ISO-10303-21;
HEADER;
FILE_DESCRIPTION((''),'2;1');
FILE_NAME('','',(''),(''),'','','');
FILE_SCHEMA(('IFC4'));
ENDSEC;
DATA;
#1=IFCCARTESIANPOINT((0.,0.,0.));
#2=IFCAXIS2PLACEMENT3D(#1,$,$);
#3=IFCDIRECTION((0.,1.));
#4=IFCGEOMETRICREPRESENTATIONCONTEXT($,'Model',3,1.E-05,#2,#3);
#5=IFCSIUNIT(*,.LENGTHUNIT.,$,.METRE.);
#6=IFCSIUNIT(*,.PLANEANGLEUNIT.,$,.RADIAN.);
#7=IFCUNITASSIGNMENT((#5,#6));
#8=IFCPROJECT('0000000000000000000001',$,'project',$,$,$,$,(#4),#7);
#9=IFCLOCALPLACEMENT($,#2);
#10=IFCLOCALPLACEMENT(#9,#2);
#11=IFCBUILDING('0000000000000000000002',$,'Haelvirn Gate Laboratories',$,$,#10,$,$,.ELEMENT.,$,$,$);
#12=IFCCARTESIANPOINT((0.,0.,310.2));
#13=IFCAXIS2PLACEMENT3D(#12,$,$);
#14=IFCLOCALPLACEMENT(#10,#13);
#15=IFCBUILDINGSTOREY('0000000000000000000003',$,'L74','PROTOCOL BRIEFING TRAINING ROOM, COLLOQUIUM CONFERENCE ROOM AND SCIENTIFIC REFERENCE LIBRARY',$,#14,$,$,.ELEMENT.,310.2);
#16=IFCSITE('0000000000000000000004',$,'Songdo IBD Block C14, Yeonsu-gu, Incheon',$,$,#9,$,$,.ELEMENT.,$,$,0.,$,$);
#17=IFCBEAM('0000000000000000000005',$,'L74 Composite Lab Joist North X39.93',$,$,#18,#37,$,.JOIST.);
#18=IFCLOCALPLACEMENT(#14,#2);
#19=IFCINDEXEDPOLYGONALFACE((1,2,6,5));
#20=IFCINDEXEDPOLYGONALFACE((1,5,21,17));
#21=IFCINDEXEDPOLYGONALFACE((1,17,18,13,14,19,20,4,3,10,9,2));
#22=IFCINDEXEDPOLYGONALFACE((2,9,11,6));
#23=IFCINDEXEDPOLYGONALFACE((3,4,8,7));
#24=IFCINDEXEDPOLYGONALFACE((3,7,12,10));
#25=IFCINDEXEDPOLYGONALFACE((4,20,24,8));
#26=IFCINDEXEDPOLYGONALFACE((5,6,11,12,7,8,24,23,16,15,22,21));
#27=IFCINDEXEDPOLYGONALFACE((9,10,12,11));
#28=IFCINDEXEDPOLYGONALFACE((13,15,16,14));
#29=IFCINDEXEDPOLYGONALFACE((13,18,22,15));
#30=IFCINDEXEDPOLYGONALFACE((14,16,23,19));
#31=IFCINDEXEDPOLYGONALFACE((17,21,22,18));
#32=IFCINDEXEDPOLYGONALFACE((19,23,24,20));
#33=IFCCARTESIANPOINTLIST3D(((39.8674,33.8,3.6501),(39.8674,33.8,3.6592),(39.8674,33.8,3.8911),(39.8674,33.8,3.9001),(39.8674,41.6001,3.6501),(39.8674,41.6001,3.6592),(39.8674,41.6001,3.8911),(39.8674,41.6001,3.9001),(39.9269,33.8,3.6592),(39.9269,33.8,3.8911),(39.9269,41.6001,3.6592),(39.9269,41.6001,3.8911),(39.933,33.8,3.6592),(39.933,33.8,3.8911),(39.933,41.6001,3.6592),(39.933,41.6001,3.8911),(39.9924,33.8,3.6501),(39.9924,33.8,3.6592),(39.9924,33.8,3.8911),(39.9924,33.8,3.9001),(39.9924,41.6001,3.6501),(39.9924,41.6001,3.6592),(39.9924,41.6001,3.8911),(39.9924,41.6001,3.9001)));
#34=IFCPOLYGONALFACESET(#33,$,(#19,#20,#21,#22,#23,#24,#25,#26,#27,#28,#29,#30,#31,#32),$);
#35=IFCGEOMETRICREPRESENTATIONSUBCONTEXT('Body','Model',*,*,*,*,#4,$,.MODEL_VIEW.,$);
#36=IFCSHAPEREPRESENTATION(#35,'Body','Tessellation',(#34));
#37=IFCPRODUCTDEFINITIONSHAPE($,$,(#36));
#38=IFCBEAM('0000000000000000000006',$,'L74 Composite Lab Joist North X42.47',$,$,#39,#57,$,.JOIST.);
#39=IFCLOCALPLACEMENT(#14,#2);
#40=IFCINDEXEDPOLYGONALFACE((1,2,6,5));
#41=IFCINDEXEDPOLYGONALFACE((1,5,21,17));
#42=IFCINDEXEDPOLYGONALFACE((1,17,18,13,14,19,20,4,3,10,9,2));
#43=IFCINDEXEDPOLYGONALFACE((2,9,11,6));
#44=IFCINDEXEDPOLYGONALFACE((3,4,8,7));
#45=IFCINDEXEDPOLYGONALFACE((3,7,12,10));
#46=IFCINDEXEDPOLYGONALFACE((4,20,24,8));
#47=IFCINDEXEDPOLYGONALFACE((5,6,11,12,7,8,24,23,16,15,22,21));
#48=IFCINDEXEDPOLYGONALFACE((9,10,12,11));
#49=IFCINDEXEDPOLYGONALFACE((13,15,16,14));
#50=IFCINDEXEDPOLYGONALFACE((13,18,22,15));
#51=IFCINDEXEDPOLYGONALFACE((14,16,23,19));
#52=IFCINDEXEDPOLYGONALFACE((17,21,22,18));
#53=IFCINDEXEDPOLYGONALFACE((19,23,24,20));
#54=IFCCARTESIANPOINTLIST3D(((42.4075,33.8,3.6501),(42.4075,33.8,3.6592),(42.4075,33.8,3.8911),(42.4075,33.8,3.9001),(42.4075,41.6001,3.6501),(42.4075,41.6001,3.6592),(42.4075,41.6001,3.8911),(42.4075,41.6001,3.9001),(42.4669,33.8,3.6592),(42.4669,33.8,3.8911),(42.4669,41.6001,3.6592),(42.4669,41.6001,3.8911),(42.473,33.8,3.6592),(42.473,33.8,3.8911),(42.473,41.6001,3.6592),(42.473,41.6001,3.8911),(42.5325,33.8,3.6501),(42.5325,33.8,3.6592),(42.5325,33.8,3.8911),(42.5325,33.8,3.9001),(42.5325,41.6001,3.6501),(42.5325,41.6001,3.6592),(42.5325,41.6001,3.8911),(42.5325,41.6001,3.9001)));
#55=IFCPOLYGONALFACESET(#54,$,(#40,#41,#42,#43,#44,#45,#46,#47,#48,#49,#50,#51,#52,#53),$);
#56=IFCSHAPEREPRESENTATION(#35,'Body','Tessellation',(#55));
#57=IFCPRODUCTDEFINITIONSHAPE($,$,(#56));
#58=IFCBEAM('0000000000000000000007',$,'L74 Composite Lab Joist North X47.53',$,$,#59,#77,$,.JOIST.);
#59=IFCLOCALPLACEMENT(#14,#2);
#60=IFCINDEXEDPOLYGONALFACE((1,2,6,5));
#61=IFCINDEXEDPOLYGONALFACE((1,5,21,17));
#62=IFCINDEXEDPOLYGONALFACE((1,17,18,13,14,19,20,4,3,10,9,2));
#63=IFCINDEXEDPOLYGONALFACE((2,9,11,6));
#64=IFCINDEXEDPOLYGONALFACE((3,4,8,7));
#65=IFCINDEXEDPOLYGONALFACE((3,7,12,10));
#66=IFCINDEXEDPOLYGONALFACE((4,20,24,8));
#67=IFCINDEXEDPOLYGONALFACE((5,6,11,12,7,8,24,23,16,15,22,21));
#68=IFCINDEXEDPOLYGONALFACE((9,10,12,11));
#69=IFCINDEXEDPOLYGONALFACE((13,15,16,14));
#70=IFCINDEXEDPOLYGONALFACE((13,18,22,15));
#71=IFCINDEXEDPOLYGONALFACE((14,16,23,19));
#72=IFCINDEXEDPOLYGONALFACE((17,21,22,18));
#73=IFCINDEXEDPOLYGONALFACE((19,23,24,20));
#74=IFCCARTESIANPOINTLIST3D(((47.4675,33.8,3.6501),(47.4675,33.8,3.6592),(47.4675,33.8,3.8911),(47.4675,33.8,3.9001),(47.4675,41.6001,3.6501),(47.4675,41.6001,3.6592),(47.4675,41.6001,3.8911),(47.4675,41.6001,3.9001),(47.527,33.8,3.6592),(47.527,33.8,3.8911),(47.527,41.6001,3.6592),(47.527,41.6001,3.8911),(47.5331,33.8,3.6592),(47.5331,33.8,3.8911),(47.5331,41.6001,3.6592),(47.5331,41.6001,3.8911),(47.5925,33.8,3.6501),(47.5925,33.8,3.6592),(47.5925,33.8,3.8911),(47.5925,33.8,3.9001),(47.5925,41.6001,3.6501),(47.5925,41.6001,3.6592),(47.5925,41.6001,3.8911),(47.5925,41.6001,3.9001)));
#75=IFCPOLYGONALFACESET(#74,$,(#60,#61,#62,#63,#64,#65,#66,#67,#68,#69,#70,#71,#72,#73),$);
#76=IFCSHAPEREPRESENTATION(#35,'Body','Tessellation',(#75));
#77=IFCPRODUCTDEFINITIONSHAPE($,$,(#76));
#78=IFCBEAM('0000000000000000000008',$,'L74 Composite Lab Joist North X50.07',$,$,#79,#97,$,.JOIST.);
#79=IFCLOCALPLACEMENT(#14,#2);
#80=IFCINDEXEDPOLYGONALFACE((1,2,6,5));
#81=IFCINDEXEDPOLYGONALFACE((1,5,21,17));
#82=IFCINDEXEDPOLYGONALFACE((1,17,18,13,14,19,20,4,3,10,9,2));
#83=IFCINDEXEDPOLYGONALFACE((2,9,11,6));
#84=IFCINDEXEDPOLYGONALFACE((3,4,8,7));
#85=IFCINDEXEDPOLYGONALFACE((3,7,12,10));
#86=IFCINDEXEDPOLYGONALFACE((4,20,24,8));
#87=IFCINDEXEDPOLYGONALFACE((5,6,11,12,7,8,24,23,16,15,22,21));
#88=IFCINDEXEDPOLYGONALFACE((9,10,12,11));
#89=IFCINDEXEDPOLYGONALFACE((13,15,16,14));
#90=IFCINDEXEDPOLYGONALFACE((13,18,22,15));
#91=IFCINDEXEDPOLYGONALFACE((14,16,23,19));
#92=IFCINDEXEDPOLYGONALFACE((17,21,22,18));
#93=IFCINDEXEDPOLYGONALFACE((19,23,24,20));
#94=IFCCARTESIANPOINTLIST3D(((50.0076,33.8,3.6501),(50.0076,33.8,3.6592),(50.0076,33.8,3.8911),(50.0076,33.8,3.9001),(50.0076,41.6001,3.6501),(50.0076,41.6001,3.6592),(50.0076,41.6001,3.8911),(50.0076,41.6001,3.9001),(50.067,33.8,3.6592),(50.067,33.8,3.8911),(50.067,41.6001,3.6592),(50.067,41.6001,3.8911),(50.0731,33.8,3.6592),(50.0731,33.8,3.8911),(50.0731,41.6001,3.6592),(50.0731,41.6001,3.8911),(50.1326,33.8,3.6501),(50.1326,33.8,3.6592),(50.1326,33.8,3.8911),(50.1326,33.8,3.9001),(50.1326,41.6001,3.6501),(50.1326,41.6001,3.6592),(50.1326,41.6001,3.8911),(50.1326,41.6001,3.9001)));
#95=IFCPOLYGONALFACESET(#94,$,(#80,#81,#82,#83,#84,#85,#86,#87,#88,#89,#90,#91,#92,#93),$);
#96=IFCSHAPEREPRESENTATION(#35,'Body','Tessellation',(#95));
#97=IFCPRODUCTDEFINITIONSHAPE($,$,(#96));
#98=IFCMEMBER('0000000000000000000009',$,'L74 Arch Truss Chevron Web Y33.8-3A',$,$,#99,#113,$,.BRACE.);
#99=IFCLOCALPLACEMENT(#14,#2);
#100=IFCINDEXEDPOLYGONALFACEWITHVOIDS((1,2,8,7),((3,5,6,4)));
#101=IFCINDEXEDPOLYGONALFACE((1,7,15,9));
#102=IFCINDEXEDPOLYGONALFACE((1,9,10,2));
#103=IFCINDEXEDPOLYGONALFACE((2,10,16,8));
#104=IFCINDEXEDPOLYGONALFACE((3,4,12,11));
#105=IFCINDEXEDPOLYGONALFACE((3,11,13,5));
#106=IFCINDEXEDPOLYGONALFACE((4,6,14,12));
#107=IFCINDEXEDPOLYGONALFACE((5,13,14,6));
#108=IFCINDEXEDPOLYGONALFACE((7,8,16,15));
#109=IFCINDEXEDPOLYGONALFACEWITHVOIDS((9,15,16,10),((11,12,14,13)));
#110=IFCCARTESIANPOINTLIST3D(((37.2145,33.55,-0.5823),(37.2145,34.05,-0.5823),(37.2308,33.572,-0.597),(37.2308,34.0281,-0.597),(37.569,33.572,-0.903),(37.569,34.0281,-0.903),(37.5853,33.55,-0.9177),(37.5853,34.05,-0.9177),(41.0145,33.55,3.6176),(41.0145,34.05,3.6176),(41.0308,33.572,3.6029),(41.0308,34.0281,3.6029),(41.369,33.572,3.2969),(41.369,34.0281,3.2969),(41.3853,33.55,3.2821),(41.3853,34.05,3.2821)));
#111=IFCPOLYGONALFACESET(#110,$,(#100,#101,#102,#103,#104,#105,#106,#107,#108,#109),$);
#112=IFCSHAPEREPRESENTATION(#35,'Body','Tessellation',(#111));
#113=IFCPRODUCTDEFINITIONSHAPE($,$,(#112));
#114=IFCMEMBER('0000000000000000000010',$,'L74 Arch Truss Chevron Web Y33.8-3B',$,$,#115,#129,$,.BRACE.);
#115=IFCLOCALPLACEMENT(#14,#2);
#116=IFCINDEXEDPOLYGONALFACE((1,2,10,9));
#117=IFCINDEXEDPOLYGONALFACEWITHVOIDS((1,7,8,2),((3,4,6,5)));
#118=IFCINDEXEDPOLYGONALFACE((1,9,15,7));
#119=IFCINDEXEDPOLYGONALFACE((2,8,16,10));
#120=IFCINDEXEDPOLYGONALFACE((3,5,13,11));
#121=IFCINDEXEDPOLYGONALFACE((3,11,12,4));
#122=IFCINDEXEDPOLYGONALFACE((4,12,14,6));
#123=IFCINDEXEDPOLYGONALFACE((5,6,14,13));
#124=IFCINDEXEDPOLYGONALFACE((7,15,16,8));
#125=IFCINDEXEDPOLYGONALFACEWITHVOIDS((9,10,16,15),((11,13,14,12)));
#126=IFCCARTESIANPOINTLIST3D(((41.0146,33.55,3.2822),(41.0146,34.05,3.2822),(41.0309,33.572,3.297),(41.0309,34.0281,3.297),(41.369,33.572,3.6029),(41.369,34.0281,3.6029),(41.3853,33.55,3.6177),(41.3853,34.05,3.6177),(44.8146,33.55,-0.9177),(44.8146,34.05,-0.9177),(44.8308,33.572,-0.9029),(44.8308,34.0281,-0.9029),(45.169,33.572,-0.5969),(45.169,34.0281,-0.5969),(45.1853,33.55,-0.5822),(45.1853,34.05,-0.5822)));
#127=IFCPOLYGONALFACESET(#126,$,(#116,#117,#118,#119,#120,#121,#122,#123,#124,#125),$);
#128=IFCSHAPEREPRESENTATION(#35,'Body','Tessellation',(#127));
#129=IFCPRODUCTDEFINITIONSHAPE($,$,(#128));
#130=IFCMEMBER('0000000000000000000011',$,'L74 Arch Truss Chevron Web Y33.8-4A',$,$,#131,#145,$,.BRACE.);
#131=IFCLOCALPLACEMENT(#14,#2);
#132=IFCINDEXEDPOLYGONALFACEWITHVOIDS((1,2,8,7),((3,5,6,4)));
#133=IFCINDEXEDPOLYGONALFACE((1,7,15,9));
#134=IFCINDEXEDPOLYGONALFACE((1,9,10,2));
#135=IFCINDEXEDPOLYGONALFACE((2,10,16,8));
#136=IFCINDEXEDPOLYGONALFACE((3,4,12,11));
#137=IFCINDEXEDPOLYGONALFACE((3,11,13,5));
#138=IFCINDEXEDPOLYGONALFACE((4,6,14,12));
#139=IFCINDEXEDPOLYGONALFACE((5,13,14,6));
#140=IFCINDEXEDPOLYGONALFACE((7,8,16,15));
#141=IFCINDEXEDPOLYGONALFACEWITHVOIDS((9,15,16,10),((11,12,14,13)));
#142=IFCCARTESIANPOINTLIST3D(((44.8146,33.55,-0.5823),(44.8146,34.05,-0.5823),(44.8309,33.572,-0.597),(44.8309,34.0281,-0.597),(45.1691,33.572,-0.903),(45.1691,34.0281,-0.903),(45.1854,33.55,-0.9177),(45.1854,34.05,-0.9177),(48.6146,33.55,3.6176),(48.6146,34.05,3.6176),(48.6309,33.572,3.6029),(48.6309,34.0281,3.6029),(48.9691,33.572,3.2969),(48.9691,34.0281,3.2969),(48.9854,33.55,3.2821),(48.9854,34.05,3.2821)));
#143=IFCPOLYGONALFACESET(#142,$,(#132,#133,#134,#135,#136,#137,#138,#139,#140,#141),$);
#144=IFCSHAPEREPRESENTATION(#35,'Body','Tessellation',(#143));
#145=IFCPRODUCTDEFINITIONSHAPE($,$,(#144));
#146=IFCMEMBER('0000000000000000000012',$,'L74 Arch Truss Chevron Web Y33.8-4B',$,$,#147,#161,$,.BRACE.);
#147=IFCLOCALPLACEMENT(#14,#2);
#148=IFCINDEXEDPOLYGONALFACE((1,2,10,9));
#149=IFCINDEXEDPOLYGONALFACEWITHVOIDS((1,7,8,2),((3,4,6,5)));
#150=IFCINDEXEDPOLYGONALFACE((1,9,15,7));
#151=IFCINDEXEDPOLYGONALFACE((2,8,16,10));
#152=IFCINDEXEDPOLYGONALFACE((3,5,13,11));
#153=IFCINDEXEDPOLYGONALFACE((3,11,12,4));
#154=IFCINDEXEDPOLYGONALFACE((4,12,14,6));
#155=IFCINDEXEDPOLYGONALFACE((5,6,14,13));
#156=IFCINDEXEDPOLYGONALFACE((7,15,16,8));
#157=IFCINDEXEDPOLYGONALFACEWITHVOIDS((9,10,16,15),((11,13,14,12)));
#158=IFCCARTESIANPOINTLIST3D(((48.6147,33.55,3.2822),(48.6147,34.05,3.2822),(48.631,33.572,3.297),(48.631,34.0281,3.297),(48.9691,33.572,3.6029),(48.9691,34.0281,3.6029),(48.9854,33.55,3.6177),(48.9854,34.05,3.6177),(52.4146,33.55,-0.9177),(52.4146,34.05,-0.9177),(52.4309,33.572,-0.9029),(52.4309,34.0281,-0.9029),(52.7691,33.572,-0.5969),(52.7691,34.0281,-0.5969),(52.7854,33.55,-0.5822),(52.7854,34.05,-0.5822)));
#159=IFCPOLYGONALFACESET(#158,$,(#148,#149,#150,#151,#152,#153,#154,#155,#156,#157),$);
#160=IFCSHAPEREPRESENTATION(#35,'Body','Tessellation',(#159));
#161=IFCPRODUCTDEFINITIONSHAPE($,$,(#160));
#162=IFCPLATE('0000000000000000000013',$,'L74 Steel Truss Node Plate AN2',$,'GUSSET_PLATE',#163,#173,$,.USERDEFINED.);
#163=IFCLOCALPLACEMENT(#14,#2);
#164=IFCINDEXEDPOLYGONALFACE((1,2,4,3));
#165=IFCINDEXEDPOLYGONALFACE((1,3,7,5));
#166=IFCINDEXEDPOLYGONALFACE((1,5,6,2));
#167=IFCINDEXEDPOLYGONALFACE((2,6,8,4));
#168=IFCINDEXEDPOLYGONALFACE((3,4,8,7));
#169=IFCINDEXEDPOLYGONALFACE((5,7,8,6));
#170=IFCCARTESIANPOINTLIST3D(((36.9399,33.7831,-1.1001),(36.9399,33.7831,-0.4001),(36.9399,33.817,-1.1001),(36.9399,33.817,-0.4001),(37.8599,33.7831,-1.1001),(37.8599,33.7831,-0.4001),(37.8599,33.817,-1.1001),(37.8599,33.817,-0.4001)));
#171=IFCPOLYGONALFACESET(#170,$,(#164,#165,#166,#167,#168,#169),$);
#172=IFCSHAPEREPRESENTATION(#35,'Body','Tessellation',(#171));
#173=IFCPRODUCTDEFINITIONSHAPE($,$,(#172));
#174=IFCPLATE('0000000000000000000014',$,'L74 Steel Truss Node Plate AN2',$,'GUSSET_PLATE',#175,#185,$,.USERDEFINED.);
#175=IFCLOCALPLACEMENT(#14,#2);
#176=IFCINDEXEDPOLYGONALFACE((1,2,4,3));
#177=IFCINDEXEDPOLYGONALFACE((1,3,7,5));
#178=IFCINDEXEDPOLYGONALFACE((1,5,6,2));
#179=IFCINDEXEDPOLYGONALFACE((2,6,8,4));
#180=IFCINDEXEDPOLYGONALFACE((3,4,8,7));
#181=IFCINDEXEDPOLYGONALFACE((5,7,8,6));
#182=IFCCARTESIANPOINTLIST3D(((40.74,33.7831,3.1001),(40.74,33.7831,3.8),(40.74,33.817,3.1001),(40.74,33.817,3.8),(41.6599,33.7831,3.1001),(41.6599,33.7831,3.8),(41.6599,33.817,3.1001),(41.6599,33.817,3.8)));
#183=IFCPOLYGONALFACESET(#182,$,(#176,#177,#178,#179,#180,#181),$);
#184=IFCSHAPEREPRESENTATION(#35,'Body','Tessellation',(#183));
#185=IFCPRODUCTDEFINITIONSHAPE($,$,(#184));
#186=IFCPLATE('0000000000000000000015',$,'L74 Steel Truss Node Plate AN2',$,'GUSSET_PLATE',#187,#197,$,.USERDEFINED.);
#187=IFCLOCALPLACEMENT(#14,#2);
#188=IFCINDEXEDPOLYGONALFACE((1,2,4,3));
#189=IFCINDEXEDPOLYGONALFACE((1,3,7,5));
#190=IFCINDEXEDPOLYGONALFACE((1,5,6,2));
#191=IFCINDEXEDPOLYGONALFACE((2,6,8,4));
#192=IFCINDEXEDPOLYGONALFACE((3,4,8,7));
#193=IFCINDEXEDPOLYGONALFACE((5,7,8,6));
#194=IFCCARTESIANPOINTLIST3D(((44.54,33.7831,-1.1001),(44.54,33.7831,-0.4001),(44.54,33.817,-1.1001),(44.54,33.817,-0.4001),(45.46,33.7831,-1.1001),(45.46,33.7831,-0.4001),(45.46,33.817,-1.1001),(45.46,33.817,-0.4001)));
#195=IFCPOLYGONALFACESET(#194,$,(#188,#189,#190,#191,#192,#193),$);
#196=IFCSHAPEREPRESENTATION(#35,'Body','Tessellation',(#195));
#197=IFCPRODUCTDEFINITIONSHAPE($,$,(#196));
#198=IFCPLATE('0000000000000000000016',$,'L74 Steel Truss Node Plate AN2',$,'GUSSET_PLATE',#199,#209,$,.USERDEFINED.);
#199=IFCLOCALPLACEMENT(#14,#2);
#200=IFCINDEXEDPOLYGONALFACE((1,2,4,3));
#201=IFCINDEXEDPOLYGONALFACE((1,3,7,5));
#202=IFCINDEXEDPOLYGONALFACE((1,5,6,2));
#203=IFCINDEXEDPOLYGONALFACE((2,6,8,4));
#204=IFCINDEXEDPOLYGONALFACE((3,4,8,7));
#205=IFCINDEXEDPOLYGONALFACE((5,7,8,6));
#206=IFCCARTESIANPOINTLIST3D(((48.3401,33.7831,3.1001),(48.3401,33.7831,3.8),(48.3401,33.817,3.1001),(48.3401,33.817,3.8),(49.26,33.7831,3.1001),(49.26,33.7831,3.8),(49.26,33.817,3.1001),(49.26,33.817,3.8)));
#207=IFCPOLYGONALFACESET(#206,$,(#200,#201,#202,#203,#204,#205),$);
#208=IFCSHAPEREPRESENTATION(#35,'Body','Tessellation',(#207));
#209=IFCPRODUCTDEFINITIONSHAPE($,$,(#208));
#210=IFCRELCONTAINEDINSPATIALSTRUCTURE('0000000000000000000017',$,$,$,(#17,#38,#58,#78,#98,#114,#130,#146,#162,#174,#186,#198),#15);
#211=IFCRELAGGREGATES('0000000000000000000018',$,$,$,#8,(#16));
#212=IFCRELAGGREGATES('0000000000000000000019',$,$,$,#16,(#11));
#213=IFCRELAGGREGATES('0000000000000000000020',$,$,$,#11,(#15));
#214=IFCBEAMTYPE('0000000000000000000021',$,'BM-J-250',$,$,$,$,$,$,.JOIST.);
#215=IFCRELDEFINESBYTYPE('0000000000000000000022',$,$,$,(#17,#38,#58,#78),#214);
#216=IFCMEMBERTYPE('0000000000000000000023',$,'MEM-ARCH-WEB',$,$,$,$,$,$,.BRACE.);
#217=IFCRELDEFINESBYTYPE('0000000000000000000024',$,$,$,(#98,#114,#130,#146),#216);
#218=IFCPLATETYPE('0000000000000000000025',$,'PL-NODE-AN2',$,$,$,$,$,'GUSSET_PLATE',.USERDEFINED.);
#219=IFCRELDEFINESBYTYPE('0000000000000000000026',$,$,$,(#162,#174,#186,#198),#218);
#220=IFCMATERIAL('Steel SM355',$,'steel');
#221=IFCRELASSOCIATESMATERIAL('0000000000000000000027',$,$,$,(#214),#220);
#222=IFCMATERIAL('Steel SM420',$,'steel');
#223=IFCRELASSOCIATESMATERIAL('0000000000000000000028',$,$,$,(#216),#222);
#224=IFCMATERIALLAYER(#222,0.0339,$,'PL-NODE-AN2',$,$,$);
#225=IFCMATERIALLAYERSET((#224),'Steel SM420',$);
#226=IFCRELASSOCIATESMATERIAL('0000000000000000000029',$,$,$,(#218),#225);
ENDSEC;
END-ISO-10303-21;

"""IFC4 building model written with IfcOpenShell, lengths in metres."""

from ifc_helpers import new_model, si_unit, direction, frame, origin, origin_2d, place, context, subcontext, project, spatial, rectangle, hollow_rectangle, i_section, extrude, source, transform, mapped, material, layer, layer_set, material_profile, profile_set, type_object, type_shapes, element, save


model = new_model("IFC4")

# Units and contexts
model_context = context("Model", 3, precision=1e-05, world=origin(), true_north=direction((0.0, 1.0)))
body_context = subcontext(model_context, "Body", "Model", "MODEL_VIEW")
ifc_project = project(units=[si_unit("LENGTHUNIT", "METRE"), si_unit("PLANEANGLEUNIT", "RADIAN")], contexts=[model_context])

# Site, building, storey
site_placement = place(None, origin())
site = spatial("IfcSite", under=ifc_project, at=site_placement, Name="Songdo IBD Block C14, Yeonsu-gu, Incheon", CompositionType="ELEMENT", RefElevation=0.0)
building_placement = place(site_placement, origin())
building = spatial("IfcBuilding", under=site, at=building_placement, Name="Haelvirn Gate Laboratories", CompositionType="ELEMENT")
storey_placement = place(building_placement, frame((0.0, 0.0, 310.2)))
storey = spatial("IfcBuildingStorey", under=building, at=storey_placement, Name="L74", Description="PROTOCOL BRIEFING TRAINING ROOM, COLLOQUIUM CONFERENCE ROOM AND SCIENTIFIC REFERENCE LIBRARY", CompositionType="ELEMENT", Elevation=310.2)

# Shared definitions
ifc_material_1 = material(Name="Steel SM355", Category="steel")

# Beams
ifc_material_2 = material(Name="Steel SM420", Category="steel")
ifc_material_profile_1 = material_profile(ifc_material_1, i_section(OverallWidth=0.125, OverallDepth=0.25, WebThickness=0.0061, FlangeThickness=0.009, at=origin_2d()), Name="H-250x125x6x9")
ifc_profile_set_1 = profile_set([ifc_material_profile_1], Name="Steel SM355")
beam_type_1 = type_object("IfcBeamType", Name="BM-J-250", PredefinedType="JOIST", material=ifc_profile_set_1)
shared_shape_1 = source(origin(), body_context, "Body", "SweptSolid", [
    extrude(i_section(OverallWidth=0.125, OverallDepth=0.25, WebThickness=0.0061, FlangeThickness=0.009, at=origin_2d()), origin(), (0.0, 0.0, 1.0), 7.8),
])
type_shapes(beam_type_1, [shared_shape_1])
for number, where, z_axis, x_axis, name in (
    (1, (39.9299, 33.8, 3.7751), (0.0, 1.0, 0.0), (-1.0, 0.0, 0.0), "L74 Composite Lab Joist North X39.93"),
    (2, (42.47, 33.8, 3.7751), (0.0, 1.0, 0.0), (-1.0, 0.0, 0.0), "L74 Composite Lab Joist North X42.47"),
    (3, (47.53, 33.8, 3.7751), (0.0, 1.0, 0.0), (-1.0, 0.0, 0.0), "L74 Composite Lab Joist North X47.53"),
    (4, (50.0701, 33.8, 3.7751), (0.0, 1.0, 0.0), (-1.0, 0.0, 0.0), "L74 Composite Lab Joist North X50.07"),
):
    element("IfcBeam", number, at=place(storey_placement, frame(where, z_axis=z_axis, x_axis=x_axis)), inside=storey, type_object=beam_type_1, Name=name, PredefinedType="JOIST", context=body_context, shape_type="MappedRepresentation", body=[
        mapped(shared_shape_1, transform((0.0, 0.0, 0.0), scale=1.0)),
    ])

# Members
ifc_material_profile_2 = material_profile(ifc_material_2, hollow_rectangle(XDim=0.5, YDim=0.5, WallThickness=0.022, at=origin_2d()), Name="BOX-500x500x22")
ifc_profile_set_2 = profile_set([ifc_material_profile_2], Name="Steel SM420")
member_type = type_object("IfcMemberType", Name="MEM-ARCH-WEB", PredefinedType="BRACE", material=ifc_profile_set_2)
shared_shape_2 = source(origin(), body_context, "Body", "SweptSolid", [
    extrude(hollow_rectangle(XDim=0.5, YDim=0.5, WallThickness=0.022, at=origin_2d()), origin(), (0.0, 0.0, 1.0), 5.6638),
])
type_shapes(member_type, [shared_shape_2])
for number, where, z_axis, x_axis, name in (
    (5, (37.3999, 33.8, -0.75), (0.670922, 0.0, 0.741528), (0.0, 1.0, 0.0), "L74 Arch Truss Chevron Web Y33.8-3A"),
    (6, (41.2, 33.8, 3.45), (0.670922, 0.0, -0.741528), (0.0, 1.0, 0.0), "L74 Arch Truss Chevron Web Y33.8-3B"),
    (7, (45.0, 33.8, -0.75), (0.670922, 0.0, 0.741528), (0.0, 1.0, 0.0), "L74 Arch Truss Chevron Web Y33.8-4A"),
    (8, (48.8, 33.8, 3.45), (0.670922, 0.0, -0.741528), (0.0, 1.0, 0.0), "L74 Arch Truss Chevron Web Y33.8-4B"),
):
    element("IfcMember", number, at=place(storey_placement, frame(where, z_axis=z_axis, x_axis=x_axis)), inside=storey, type_object=member_type, Name=name, PredefinedType="BRACE", context=body_context, shape_type="MappedRepresentation", body=[
        mapped(shared_shape_2, transform((0.0, 0.0, 0.0), scale=1.0)),
    ])

# Plates
ifc_layer_1 = layer(ifc_material_2, 0.0339, Name="PL-NODE-AN2")
ifc_layer_set_1 = layer_set([ifc_layer_1], Name="Steel SM420")
plate_type = type_object("IfcPlateType", Name="PL-NODE-AN2", ElementType="GUSSET_PLATE", PredefinedType="USERDEFINED", material=ifc_layer_set_1)
shared_shape_3 = source(origin(), body_context, "Body", "SweptSolid", [
    extrude(rectangle(XDim=0.9199, YDim=0.0339, at=origin_2d()), origin(), (0.0, 0.0, 1.0), 0.7),
])
type_shapes(plate_type, [shared_shape_3])
for number, where, z_axis, x_axis, name in (
    (9, (37.3999, 33.8, -1.1001), (0.0, 0.0, 1.0), (1.0, 0.0, 0.0), "L74 Steel Truss Node Plate AN2"),
    (10, (41.2, 33.8, 3.1001), (0.0, 0.0, 1.0), (1.0, 0.0, 0.0), "L74 Steel Truss Node Plate AN2"),
    (11, (45.0, 33.8, -1.1001), (0.0, 0.0, 1.0), (1.0, 0.0, 0.0), "L74 Steel Truss Node Plate AN2"),
    (12, (48.8, 33.8, 3.1001), (0.0, 0.0, 1.0), (1.0, 0.0, 0.0), "L74 Steel Truss Node Plate AN2"),
):
    element("IfcPlate", number, at=place(storey_placement, frame(where, z_axis=z_axis, x_axis=x_axis)), inside=storey, type_object=plate_type, Name=name, ObjectType="GUSSET_PLATE", PredefinedType="USERDEFINED", context=body_context, shape_type="MappedRepresentation", body=[
        mapped(shared_shape_3, transform((0.0, 0.0, 0.0), scale=1.0)),
    ])

save(model, "model.ifc")
